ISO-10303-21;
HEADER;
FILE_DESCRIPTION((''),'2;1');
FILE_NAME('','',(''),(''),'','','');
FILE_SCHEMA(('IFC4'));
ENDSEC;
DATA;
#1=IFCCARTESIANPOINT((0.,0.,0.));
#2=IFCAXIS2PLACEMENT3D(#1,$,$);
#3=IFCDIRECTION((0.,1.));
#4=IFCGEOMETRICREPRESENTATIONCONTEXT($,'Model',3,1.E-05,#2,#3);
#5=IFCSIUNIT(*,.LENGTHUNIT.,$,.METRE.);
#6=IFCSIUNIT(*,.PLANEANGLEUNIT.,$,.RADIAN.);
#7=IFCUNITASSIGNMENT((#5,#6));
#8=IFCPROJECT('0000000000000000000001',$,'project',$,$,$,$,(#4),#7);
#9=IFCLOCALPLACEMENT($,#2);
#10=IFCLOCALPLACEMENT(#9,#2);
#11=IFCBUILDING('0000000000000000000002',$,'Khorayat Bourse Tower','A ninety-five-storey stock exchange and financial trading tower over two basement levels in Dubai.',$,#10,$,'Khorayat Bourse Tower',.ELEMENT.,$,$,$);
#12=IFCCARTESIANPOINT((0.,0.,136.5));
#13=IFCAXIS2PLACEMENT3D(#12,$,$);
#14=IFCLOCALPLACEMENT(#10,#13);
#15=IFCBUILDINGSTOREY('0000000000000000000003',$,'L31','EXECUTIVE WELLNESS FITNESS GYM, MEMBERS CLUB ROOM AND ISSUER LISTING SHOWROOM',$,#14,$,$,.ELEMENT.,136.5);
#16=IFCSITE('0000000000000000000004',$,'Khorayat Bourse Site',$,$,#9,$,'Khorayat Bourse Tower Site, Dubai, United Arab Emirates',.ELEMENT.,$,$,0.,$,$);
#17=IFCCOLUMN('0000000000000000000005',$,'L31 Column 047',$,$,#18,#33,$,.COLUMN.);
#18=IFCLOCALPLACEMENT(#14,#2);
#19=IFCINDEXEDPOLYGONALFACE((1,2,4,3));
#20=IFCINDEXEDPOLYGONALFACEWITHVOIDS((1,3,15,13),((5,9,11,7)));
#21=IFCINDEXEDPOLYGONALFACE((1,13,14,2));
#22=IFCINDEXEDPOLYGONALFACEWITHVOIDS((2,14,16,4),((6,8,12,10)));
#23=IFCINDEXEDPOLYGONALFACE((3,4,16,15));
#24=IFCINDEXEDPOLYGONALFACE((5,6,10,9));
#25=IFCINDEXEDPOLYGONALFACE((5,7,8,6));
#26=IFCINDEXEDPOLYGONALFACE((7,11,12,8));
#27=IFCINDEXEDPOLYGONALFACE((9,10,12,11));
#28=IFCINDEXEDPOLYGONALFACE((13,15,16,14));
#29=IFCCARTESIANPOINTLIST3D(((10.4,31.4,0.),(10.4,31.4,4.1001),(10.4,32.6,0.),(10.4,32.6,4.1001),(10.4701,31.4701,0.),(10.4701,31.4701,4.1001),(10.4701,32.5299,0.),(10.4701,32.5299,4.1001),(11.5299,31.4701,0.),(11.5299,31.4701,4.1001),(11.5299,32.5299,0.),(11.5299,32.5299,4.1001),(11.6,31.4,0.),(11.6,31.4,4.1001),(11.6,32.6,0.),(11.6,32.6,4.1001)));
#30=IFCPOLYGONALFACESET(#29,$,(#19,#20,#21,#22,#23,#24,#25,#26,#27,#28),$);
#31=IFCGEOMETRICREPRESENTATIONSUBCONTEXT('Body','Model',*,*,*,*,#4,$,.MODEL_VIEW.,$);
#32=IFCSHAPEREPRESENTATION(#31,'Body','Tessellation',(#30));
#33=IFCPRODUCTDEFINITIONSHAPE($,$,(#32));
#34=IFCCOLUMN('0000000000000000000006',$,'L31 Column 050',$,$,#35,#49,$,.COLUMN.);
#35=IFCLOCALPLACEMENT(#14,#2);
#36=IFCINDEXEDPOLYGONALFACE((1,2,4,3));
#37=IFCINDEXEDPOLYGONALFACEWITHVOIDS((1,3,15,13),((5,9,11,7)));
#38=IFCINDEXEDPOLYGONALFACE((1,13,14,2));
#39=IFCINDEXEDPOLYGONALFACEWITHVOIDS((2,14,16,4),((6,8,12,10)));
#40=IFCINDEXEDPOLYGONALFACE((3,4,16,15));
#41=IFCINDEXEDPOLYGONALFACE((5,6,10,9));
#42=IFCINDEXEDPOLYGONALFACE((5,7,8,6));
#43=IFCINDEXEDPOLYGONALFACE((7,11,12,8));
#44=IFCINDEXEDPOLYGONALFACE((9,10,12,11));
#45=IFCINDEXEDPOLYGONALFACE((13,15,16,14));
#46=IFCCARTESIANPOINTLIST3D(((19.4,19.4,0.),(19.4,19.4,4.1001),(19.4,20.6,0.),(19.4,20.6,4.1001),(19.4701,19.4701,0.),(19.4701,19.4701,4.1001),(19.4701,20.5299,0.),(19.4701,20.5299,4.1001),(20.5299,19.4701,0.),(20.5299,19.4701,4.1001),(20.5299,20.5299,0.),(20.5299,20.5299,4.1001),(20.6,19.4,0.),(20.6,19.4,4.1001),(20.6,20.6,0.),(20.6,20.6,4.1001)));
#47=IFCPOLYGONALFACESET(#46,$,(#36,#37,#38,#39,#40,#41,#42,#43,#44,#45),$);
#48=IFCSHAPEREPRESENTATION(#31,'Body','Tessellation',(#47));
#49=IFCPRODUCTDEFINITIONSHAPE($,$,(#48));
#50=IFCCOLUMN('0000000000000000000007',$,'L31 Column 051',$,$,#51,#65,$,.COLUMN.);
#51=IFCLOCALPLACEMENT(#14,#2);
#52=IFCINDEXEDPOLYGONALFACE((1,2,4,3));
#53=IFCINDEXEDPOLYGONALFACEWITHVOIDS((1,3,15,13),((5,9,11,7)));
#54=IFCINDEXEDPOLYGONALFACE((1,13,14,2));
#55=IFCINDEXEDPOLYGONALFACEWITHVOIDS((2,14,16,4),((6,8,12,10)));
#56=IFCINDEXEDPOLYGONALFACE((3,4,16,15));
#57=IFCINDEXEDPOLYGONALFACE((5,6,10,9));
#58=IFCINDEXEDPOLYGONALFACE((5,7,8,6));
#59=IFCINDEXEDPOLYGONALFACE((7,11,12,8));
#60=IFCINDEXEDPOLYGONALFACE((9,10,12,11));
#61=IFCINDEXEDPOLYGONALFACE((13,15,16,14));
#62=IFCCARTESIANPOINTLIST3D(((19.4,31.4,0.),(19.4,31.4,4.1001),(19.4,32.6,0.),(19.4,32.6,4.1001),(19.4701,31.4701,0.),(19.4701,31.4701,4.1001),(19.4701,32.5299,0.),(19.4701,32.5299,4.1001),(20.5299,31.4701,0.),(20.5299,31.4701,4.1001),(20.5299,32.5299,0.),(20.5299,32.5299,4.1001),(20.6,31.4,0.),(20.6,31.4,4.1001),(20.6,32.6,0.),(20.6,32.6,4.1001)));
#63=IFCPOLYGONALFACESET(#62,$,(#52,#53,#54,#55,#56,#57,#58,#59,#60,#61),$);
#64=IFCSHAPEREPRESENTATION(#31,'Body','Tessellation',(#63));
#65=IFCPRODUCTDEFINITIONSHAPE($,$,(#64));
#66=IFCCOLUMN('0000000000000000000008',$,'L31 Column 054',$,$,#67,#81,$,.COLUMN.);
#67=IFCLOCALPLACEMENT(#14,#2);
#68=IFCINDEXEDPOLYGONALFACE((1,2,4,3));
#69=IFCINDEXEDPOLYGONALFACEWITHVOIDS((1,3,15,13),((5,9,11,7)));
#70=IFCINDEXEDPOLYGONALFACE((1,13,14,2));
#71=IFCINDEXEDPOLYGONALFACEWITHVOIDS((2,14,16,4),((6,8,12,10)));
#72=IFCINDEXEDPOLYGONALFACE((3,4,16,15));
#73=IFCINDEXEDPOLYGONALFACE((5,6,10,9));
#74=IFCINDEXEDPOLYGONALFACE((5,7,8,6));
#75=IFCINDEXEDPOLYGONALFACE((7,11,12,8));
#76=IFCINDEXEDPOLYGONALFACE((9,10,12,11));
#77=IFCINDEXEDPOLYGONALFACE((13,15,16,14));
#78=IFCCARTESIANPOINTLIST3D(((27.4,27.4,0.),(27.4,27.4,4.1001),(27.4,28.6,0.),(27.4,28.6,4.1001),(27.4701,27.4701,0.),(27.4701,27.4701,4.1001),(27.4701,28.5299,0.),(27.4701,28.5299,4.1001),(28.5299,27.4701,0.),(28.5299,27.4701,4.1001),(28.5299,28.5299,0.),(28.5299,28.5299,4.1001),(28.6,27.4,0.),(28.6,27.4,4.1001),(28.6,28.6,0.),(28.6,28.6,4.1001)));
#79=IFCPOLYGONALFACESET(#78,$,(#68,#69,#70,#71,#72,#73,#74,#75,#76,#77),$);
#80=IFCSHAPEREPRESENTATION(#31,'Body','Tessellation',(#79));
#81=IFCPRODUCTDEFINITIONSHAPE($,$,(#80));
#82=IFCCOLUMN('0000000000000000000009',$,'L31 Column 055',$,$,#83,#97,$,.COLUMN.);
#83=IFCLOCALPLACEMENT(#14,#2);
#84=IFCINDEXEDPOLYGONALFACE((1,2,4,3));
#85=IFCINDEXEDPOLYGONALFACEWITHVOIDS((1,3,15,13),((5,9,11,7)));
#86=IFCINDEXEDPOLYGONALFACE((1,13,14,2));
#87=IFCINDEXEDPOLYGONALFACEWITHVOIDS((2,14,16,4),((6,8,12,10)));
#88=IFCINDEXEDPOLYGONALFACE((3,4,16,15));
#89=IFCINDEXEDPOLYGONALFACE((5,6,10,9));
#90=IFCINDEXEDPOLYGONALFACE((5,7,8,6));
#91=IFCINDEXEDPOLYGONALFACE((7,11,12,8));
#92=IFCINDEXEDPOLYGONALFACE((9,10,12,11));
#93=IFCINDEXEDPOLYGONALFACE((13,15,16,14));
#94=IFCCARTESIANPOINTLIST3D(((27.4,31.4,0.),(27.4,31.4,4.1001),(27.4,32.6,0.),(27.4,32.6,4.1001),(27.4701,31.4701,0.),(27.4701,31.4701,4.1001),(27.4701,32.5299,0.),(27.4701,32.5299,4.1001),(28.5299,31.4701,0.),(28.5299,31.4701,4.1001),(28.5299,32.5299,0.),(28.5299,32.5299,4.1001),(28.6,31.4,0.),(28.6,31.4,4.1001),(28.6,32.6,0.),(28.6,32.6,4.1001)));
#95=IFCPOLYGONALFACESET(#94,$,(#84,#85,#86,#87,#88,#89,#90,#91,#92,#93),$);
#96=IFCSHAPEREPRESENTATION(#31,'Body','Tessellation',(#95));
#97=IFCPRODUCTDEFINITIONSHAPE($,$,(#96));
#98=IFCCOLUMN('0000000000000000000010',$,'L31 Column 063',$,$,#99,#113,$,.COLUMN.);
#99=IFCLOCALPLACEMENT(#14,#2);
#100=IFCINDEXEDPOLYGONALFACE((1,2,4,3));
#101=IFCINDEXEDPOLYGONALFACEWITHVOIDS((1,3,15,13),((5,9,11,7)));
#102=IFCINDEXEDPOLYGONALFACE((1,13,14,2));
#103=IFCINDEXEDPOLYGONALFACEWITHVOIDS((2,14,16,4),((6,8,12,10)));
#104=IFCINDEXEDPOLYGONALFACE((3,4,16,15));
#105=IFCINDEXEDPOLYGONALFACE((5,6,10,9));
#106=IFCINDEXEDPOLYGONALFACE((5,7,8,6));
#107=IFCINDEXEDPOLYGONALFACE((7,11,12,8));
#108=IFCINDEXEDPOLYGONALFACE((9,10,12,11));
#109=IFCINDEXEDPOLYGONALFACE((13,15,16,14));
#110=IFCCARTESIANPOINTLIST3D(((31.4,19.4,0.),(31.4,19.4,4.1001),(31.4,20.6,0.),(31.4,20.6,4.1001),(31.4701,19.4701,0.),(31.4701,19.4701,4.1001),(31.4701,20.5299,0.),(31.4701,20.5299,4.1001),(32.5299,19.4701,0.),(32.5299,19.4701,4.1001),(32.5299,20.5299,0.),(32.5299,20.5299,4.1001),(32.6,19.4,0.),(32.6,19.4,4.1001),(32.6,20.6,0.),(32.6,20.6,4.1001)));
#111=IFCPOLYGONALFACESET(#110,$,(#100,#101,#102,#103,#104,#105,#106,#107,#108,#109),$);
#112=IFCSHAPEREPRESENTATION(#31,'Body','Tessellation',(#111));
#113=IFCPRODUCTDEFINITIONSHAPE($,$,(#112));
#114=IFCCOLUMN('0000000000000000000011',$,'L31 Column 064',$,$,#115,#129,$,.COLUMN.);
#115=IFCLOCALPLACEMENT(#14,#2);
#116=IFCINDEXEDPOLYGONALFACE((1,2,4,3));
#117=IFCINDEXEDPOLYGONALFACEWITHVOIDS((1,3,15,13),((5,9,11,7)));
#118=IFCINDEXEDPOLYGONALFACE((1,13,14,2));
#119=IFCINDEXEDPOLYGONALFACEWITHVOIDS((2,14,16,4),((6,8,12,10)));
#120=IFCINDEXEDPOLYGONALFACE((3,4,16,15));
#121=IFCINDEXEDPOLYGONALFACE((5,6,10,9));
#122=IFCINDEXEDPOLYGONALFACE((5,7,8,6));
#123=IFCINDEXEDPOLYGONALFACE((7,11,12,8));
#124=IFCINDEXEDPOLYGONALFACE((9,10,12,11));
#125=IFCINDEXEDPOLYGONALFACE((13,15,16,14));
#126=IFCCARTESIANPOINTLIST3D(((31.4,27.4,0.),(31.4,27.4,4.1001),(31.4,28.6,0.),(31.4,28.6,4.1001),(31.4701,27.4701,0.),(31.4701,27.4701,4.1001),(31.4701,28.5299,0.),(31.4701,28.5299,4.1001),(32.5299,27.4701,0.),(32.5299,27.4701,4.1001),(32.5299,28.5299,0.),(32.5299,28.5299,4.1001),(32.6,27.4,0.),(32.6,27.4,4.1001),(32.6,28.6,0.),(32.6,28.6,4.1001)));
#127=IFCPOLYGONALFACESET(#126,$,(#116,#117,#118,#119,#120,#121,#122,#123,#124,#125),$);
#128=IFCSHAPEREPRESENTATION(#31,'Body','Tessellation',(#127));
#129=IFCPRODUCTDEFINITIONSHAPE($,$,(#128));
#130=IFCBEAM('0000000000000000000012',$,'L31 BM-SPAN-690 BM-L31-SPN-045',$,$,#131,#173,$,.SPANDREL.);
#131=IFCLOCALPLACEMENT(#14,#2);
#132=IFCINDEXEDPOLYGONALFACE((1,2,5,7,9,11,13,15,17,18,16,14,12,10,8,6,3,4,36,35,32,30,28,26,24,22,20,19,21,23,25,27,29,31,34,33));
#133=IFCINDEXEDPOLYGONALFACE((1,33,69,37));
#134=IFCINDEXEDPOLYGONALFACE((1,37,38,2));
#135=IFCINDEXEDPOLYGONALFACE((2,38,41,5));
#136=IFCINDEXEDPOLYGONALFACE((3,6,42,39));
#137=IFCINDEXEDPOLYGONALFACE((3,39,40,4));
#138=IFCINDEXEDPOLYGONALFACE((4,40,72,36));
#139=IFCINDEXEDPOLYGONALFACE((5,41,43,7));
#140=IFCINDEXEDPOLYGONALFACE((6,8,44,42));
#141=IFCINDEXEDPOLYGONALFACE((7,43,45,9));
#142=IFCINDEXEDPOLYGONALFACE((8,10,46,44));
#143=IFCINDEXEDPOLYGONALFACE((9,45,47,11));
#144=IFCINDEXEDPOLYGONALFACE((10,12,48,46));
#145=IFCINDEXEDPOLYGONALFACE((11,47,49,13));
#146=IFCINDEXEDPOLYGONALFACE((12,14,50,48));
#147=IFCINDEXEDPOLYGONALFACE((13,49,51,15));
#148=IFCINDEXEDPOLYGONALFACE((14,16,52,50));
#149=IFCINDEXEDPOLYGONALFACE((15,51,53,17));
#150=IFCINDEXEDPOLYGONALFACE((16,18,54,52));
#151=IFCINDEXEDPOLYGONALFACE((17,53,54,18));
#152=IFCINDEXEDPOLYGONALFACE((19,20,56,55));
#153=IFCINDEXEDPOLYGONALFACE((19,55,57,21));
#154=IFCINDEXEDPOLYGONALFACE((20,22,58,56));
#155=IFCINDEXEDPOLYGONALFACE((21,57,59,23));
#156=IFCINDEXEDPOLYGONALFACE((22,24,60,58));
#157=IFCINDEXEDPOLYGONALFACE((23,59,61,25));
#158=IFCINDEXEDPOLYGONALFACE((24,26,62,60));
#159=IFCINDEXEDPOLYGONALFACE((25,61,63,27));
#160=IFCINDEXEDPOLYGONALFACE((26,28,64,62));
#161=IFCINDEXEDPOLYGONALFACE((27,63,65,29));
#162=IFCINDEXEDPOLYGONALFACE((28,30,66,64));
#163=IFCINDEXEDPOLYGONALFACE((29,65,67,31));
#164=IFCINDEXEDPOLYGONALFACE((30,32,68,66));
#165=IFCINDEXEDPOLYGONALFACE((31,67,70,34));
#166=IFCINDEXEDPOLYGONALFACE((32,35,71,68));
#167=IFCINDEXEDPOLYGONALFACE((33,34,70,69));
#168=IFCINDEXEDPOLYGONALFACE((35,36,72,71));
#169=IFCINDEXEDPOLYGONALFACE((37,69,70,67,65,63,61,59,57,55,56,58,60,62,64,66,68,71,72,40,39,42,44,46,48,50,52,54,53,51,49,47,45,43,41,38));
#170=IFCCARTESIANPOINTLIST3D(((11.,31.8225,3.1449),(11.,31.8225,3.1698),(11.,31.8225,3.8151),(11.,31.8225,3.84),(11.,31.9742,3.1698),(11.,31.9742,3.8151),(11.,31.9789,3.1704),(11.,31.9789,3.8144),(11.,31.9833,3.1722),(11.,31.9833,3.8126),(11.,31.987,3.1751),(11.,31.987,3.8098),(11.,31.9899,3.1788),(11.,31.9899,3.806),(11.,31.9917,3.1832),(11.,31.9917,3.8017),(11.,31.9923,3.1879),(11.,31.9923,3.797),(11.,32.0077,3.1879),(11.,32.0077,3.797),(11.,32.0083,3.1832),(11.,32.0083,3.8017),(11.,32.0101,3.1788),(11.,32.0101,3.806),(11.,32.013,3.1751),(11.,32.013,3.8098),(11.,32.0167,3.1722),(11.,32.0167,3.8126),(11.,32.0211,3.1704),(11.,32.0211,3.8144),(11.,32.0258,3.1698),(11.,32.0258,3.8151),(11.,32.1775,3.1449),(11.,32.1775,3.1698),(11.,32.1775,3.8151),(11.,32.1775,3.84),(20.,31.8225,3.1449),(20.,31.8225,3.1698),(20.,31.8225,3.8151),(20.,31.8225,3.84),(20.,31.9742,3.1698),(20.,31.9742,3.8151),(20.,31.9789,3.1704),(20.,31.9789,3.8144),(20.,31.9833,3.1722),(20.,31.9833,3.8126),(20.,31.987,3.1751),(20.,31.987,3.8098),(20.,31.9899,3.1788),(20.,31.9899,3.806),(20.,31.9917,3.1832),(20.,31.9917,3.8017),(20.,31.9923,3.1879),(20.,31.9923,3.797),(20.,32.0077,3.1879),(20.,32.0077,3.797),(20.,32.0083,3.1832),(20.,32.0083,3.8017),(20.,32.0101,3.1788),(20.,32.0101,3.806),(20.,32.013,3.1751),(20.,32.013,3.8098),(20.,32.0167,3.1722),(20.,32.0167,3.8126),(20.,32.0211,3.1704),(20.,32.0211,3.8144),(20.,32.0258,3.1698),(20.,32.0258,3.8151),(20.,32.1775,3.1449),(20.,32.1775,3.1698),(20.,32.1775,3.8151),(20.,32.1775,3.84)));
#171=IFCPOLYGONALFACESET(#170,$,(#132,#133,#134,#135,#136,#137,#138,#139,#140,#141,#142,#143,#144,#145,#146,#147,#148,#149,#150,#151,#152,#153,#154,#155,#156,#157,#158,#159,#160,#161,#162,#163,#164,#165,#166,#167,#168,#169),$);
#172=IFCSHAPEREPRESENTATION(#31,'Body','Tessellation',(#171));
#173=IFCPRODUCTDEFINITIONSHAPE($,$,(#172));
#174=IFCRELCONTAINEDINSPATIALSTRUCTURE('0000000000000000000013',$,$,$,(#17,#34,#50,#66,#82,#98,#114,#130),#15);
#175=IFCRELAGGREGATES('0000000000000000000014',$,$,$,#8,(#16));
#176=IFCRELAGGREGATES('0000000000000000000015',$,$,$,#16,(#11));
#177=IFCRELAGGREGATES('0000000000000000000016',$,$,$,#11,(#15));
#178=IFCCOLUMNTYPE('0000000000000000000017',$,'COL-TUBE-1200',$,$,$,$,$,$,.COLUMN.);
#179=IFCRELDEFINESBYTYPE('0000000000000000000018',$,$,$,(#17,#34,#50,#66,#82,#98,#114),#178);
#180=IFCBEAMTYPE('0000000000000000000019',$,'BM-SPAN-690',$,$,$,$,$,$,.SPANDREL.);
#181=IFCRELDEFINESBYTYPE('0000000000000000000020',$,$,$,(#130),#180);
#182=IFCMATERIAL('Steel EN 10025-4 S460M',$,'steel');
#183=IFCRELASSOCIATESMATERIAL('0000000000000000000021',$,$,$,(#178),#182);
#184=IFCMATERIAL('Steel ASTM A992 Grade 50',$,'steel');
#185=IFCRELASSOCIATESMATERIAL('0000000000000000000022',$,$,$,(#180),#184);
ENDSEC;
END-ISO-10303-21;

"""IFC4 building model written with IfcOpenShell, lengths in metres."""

from ifc_helpers import new_model, si_unit, direction, frame, origin, origin_2d, place, context, subcontext, project, spatial, hollow_rectangle, i_section, extrude, source, transform, mapped, material, material_profile, profile_set, type_object, element, save


model = new_model("IFC4")

# Units and contexts
model_context = context("Model", 3, precision=1e-05, world=origin(), true_north=direction((0.0, 1.0)))
body_context = subcontext(model_context, "Body", "Model", "MODEL_VIEW")
ifc_project = project(units=[si_unit("LENGTHUNIT", "METRE"), si_unit("PLANEANGLEUNIT", "RADIAN")], contexts=[model_context])

# Site, building, storey
site_placement = place(None, origin())
site = spatial("IfcSite", under=ifc_project, at=site_placement, Name="Khorayat Bourse Site", LongName="Khorayat Bourse Tower Site, Dubai, United Arab Emirates", CompositionType="ELEMENT", RefElevation=0.0)
building_placement = place(site_placement, origin())
building = spatial("IfcBuilding", under=site, at=building_placement, Name="Khorayat Bourse Tower", Description="A ninety-five-storey stock exchange and financial trading tower over two basement levels in Dubai.", LongName="Khorayat Bourse Tower", CompositionType="ELEMENT")
storey_placement = place(building_placement, frame((0.0, 0.0, 136.5)))
storey = spatial("IfcBuildingStorey", under=building, at=storey_placement, Name="L31", Description="EXECUTIVE WELLNESS FITNESS GYM, MEMBERS CLUB ROOM AND ISSUER LISTING SHOWROOM", CompositionType="ELEMENT", Elevation=136.5)

# Columns
ifc_material_1 = material(Name="Steel EN 10025-4 S460M", Category="steel")
ifc_material_profile_1 = material_profile(ifc_material_1, hollow_rectangle(XDim=1.2, YDim=1.2, WallThickness=0.0701, at=origin_2d()), Name="BOX 1200x1200x70")
ifc_profile_set_1 = profile_set([ifc_material_profile_1], Name="Steel EN 10025-4 S460M")
column_type = type_object("IfcColumnType", Name="COL-TUBE-1200", PredefinedType="COLUMN", material=ifc_profile_set_1)
shared_shape_1 = source(origin(), body_context, "Body", "SweptSolid", [
    extrude(hollow_rectangle(XDim=1.2, YDim=1.2, WallThickness=0.0701, at=origin_2d()), origin(), (0.0, 0.0, 1.0), 4.1001),
])
for number, where, z_axis, x_axis, name in (
    (1, (11.0, 32.0, 0.0), (0.0, 0.0, 1.0), (1.0, 0.0, 0.0), "L31 Column 047"),
    (2, (20.0, 20.0, 0.0), (0.0, 0.0, 1.0), (1.0, 0.0, 0.0), "L31 Column 050"),
    (3, (20.0, 32.0, 0.0), (0.0, 0.0, 1.0), (1.0, 0.0, 0.0), "L31 Column 051"),
    (4, (28.0, 28.0, 0.0), (0.0, 0.0, 1.0), (1.0, 0.0, 0.0), "L31 Column 054"),
    (5, (28.0, 32.0, 0.0), (0.0, 0.0, 1.0), (1.0, 0.0, 0.0), "L31 Column 055"),
    (6, (32.0, 20.0, 0.0), (0.0, 0.0, 1.0), (1.0, 0.0, 0.0), "L31 Column 063"),
    (7, (32.0, 28.0, 0.0), (0.0, 0.0, 1.0), (1.0, 0.0, 0.0), "L31 Column 064"),
):
    element("IfcColumn", number, at=place(storey_placement, frame(where, z_axis=z_axis, x_axis=x_axis)), inside=storey, type_object=column_type, Name=name, PredefinedType="COLUMN", context=body_context, shape_type="MappedRepresentation", body=[
        mapped(shared_shape_1, transform((0.0, 0.0, 0.0), scale=1.0)),
    ])

# Beam
ifc_material_2 = material(Name="Steel ASTM A992 Grade 50", Category="steel")
ifc_material_profile_2 = material_profile(ifc_material_2, i_section(OverallWidth=0.355, OverallDepth=0.6951, WebThickness=0.0154, FlangeThickness=0.0249, FilletRadius=0.0181, at=origin_2d()), Name="W690X217")
ifc_profile_set_2 = profile_set([ifc_material_profile_2], Name="Steel ASTM A992 Grade 50")
beam_type_1 = type_object("IfcBeamType", Name="BM-SPAN-690", PredefinedType="SPANDREL", material=ifc_profile_set_2)
shared_shape_2 = source(origin(), body_context, "Body", "SweptSolid", [
    extrude(i_section(OverallWidth=0.355, OverallDepth=0.6951, WebThickness=0.0154, FlangeThickness=0.0249, FilletRadius=0.0181, at=origin_2d()), origin(), (0.0, 0.0, 1.0), 9.0),
])
beam_1_placement = place(storey_placement, frame((11.0, 32.0, 3.4924), z_axis=(1.0, 0.0, 0.0), x_axis=(0.0, 1.0, 0.0)))
element("IfcBeam", 8, at=beam_1_placement, inside=storey, type_object=beam_type_1, Name="L31 BM-SPAN-690 BM-L31-SPN-045", PredefinedType="SPANDREL", context=body_context, shape_type="MappedRepresentation", body=[
    mapped(shared_shape_2, transform((0.0, 0.0, 0.0), scale=1.0)),
])

save(model, "model.ifc")
